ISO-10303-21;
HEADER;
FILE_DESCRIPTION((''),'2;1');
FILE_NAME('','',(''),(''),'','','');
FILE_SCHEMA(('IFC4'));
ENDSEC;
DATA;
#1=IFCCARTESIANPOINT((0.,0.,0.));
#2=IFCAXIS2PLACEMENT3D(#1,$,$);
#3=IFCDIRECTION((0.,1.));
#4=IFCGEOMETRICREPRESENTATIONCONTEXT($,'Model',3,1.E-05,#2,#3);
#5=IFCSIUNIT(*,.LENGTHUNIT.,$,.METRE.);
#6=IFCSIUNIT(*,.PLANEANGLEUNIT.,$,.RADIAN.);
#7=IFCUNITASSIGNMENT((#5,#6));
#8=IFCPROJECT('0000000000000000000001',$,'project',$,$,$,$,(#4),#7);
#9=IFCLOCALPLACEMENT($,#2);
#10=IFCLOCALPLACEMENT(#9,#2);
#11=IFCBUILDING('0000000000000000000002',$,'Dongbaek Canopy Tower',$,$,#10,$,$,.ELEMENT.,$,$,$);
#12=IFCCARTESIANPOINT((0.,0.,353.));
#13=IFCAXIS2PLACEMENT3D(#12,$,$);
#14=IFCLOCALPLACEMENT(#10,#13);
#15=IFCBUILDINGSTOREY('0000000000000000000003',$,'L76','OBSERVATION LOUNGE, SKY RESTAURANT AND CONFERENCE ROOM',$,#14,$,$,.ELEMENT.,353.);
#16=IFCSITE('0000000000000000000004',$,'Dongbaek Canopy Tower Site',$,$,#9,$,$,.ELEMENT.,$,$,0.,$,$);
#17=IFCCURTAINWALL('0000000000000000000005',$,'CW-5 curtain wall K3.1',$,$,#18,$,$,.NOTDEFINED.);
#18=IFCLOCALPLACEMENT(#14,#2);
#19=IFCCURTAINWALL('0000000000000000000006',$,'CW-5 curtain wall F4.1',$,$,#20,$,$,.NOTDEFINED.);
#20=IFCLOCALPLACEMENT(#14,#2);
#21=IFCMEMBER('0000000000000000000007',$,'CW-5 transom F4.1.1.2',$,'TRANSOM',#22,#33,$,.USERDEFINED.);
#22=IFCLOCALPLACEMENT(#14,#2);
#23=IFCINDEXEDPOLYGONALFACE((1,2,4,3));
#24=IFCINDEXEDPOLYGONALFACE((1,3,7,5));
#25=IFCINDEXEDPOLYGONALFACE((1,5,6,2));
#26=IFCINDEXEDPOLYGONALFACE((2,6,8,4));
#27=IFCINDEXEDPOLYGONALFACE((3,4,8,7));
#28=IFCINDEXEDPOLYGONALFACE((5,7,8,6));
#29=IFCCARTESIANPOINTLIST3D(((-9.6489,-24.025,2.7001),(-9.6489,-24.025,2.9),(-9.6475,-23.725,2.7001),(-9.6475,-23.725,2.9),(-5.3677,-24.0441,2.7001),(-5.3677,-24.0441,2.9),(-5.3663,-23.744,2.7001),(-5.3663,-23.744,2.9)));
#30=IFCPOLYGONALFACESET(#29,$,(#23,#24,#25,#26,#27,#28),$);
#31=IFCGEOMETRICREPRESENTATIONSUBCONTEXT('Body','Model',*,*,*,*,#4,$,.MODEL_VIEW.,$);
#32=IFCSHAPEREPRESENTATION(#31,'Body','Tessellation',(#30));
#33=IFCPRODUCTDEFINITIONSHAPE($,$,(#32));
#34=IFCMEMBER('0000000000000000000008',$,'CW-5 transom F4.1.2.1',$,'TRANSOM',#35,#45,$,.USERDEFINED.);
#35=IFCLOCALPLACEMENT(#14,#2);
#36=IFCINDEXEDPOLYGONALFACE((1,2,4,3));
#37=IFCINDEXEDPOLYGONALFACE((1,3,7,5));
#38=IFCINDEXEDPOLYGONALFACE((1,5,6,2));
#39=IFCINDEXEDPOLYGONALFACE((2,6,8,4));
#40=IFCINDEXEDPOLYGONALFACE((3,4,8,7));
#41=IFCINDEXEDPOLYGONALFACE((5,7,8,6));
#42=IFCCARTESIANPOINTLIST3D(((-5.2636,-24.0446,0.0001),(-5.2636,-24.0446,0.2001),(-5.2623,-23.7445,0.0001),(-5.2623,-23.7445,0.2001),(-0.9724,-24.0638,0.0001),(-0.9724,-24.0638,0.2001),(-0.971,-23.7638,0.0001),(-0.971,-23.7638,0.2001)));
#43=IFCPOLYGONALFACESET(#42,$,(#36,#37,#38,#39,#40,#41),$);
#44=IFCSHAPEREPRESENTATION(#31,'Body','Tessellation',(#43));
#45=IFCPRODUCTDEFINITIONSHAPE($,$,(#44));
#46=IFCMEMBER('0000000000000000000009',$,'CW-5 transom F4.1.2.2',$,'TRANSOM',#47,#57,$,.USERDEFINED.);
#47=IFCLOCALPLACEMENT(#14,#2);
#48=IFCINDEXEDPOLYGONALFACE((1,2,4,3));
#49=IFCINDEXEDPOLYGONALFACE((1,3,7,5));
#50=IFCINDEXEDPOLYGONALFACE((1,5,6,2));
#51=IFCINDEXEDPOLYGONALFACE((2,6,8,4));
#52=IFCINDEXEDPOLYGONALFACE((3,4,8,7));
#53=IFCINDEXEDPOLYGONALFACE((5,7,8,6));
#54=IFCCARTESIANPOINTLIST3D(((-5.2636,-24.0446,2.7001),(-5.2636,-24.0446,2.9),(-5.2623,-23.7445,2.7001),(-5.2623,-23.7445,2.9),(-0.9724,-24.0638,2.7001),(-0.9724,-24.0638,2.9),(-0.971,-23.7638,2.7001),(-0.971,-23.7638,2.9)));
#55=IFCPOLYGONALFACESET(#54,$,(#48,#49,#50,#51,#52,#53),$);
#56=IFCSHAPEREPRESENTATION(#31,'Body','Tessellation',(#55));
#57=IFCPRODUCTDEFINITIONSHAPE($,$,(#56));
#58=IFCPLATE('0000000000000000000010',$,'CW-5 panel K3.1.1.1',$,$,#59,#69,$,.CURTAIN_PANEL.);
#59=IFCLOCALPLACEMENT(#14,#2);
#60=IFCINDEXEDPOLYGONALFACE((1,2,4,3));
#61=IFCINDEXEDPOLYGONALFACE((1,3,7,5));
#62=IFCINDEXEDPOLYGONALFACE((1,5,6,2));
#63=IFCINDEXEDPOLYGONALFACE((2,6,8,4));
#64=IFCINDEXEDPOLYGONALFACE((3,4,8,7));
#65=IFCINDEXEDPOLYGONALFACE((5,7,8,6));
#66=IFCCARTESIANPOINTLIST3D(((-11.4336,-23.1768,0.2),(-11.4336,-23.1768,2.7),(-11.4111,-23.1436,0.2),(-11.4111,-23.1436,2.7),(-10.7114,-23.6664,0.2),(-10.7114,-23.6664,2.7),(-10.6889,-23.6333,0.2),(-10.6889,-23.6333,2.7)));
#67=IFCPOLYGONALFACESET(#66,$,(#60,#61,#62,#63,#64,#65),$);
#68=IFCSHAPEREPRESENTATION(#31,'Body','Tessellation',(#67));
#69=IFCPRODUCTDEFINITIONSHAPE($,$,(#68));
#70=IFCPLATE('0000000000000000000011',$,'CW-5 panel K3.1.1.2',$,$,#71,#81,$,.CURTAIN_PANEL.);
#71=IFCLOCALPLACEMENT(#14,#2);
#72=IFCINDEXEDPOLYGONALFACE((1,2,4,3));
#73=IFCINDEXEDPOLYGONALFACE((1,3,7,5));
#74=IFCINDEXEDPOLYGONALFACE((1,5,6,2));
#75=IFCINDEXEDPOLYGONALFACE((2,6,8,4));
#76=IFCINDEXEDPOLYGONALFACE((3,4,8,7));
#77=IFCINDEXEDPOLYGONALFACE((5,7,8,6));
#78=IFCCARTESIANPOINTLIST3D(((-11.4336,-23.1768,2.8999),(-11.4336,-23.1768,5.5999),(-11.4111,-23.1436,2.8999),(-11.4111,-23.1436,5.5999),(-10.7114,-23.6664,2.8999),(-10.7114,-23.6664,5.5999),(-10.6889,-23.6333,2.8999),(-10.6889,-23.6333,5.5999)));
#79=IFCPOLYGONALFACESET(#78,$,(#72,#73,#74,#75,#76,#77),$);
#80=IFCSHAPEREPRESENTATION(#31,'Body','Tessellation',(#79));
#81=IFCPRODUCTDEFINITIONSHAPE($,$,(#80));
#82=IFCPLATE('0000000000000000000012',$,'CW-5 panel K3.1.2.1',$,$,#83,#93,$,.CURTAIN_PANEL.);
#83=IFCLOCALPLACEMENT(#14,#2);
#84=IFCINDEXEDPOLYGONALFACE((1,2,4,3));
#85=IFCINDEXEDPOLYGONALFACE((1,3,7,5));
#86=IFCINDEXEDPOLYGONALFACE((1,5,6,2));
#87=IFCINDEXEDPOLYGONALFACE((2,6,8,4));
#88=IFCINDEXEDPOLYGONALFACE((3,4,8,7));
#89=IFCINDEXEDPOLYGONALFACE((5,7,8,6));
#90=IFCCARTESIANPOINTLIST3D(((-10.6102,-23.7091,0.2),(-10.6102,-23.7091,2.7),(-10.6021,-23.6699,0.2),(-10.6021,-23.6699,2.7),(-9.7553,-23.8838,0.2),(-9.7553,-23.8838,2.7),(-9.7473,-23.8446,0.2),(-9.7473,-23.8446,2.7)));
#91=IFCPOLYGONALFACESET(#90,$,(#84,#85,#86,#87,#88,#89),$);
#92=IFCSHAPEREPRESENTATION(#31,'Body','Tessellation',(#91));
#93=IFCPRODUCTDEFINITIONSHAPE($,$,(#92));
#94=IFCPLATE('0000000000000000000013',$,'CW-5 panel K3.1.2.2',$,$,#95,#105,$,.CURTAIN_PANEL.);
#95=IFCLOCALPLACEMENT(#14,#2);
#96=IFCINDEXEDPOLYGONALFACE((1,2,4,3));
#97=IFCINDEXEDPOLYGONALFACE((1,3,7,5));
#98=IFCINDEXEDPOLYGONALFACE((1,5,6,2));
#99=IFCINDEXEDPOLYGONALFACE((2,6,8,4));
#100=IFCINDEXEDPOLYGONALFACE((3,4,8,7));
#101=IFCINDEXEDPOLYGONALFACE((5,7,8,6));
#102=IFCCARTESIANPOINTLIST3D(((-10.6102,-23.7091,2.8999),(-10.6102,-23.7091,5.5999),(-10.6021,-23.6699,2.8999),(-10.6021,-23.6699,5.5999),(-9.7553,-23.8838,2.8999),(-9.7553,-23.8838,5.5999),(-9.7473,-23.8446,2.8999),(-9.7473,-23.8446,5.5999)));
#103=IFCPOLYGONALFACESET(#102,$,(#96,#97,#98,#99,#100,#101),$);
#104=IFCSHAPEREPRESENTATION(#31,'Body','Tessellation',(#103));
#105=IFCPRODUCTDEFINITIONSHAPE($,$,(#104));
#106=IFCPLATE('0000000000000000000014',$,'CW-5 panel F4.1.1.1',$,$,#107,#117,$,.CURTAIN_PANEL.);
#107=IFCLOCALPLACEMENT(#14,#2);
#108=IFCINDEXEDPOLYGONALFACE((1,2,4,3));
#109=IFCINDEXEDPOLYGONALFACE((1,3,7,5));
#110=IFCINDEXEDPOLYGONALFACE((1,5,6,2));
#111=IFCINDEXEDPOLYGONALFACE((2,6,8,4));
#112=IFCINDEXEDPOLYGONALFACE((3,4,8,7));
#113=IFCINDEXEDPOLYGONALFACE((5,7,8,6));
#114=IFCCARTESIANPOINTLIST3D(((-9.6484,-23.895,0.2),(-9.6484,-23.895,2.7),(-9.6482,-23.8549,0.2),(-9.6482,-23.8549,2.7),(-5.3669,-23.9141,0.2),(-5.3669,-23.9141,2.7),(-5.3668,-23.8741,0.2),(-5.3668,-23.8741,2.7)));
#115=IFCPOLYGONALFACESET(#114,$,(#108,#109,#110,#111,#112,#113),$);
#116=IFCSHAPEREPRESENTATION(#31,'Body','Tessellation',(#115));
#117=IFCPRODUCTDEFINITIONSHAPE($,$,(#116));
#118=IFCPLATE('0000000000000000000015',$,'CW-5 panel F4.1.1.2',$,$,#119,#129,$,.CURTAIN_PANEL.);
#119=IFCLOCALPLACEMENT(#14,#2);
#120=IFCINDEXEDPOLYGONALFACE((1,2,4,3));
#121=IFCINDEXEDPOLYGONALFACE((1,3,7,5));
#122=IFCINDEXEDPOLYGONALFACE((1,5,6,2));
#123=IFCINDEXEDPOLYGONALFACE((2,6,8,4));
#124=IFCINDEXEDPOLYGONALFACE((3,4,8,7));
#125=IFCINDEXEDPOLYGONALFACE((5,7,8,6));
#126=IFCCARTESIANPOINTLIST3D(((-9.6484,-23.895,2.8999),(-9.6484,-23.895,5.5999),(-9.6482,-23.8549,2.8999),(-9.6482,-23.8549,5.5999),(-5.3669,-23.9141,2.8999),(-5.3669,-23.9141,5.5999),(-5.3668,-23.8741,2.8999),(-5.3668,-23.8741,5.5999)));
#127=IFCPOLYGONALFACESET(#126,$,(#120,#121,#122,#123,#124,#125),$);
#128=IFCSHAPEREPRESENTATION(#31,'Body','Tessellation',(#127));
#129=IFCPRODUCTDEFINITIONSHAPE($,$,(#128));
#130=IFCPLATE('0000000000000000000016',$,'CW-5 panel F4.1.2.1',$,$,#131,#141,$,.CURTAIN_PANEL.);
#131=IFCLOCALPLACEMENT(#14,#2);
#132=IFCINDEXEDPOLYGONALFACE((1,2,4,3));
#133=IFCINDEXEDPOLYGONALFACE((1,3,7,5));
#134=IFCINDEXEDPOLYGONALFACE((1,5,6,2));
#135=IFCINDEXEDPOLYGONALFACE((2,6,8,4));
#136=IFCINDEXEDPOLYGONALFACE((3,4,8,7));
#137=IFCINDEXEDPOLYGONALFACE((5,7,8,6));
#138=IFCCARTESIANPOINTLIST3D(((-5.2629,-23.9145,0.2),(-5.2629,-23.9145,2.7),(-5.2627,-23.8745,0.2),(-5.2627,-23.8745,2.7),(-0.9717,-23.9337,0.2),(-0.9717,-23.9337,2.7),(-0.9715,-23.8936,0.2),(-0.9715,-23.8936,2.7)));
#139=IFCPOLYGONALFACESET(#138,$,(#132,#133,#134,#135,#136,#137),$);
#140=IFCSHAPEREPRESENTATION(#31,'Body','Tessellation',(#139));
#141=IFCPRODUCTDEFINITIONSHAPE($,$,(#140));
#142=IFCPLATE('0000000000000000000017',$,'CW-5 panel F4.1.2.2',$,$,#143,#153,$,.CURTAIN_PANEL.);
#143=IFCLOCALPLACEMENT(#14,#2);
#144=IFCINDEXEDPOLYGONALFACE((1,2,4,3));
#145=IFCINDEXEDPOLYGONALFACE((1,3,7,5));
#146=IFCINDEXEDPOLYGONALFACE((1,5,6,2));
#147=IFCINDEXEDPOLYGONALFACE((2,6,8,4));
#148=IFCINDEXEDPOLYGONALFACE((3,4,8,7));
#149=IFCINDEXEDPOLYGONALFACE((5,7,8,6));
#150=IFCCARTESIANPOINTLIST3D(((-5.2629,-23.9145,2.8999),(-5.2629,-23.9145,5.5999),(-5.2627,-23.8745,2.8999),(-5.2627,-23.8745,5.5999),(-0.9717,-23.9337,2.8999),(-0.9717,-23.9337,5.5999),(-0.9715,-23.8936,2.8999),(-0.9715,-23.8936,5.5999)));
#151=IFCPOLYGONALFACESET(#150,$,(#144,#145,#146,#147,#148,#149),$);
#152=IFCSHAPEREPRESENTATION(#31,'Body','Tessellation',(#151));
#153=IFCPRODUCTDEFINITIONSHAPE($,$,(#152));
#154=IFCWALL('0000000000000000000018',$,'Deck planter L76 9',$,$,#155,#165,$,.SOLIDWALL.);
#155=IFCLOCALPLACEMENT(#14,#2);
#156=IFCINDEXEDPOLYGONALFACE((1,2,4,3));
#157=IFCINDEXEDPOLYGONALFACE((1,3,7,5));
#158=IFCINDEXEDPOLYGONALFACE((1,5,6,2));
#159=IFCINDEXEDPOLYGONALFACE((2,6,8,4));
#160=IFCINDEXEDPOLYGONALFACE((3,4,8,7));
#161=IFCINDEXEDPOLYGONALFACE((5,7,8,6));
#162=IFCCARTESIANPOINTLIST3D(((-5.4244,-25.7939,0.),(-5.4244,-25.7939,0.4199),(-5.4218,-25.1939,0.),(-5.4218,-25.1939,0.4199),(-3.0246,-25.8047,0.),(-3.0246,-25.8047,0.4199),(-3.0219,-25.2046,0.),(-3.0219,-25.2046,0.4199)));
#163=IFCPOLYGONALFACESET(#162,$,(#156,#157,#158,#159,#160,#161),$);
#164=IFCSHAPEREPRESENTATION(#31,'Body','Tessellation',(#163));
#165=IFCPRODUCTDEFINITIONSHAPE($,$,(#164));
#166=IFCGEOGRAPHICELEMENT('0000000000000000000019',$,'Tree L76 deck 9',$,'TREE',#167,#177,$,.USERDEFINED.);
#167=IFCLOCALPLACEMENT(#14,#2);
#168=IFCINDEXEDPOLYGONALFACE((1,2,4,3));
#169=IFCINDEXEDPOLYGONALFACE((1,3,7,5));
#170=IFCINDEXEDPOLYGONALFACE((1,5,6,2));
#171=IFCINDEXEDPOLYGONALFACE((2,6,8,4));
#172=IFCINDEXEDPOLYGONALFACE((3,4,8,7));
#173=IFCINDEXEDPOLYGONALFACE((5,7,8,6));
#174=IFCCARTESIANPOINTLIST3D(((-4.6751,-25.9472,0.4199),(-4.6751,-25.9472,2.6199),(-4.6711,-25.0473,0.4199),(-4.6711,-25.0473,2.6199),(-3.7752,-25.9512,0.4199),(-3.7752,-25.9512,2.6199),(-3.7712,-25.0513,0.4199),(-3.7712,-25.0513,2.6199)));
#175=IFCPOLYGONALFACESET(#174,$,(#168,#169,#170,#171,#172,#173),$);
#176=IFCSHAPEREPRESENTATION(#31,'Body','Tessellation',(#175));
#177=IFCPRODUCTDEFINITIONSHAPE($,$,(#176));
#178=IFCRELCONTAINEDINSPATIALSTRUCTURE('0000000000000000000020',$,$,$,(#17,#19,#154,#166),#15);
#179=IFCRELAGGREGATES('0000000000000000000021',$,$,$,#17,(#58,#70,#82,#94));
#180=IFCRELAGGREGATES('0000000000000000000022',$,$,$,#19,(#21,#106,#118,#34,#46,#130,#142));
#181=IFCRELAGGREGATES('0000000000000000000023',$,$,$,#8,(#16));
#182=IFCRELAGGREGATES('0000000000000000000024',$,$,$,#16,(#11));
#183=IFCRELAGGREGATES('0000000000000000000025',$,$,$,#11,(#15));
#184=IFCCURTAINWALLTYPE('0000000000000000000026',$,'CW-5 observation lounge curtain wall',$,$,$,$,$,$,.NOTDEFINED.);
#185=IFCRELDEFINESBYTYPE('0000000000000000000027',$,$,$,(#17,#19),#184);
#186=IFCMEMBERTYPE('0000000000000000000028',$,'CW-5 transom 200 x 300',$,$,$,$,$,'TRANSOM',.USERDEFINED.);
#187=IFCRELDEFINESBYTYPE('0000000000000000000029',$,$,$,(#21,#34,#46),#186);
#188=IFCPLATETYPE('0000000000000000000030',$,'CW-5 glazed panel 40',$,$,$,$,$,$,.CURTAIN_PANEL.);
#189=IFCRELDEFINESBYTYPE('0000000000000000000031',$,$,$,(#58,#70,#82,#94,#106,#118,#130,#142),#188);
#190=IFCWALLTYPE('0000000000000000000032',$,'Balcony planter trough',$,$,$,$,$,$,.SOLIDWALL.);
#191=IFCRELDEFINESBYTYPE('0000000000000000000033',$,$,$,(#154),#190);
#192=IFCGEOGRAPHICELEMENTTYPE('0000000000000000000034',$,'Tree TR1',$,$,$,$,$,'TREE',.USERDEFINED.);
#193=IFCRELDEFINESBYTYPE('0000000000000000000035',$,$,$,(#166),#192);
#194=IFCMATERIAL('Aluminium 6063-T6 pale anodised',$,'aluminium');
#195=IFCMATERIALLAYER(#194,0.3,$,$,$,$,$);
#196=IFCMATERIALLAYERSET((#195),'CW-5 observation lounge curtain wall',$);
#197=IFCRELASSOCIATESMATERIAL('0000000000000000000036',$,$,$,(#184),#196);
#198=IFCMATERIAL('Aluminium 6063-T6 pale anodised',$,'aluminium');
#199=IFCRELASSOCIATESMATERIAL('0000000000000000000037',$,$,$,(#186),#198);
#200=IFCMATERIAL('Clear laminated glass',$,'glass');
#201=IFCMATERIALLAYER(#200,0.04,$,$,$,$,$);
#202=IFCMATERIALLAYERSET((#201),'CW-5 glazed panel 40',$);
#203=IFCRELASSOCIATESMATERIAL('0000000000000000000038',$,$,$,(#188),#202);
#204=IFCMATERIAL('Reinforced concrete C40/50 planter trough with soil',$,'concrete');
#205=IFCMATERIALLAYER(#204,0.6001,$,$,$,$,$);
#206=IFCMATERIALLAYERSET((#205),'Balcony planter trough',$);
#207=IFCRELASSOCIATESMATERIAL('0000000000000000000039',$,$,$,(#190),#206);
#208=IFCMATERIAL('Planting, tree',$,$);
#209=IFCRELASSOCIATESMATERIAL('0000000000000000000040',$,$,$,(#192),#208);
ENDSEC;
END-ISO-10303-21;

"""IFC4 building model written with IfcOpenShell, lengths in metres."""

from ifc_helpers import new_model, si_unit, direction, frame, frame_2d, origin, origin_2d, place, context, subcontext, project, spatial, rectangle, extrude, material, layer, layer_set, material_profile, profile_set, type_object, element, aggregate, save


model = new_model("IFC4")

# Units and contexts
model_context = context("Model", 3, precision=1e-05, world=origin(), true_north=direction((0.0, 1.0)))
body_context = subcontext(model_context, "Body", "Model", "MODEL_VIEW")
ifc_project = project(units=[si_unit("LENGTHUNIT", "METRE"), si_unit("PLANEANGLEUNIT", "RADIAN")], contexts=[model_context])

# Site, building, storey
site_placement = place(None, origin())
site = spatial("IfcSite", under=ifc_project, at=site_placement, Name="Dongbaek Canopy Tower Site", CompositionType="ELEMENT", RefElevation=0.0)
building_placement = place(site_placement, origin())
building = spatial("IfcBuilding", under=site, at=building_placement, Name="Dongbaek Canopy Tower", CompositionType="ELEMENT")
storey_placement = place(building_placement, frame((0.0, 0.0, 353.0)))
storey = spatial("IfcBuildingStorey", under=building, at=storey_placement, Name="L76", Description="OBSERVATION LOUNGE, SKY RESTAURANT AND CONFERENCE ROOM", CompositionType="ELEMENT", Elevation=353.0)

# Shared definitions
ifc_material_1 = material(Name="Aluminium 6063-T6 pale anodised", Category="aluminium")
ifc_layer_1 = layer(ifc_material_1, 0.3)
ifc_layer_set_1 = layer_set([ifc_layer_1], Name="CW-5 observation lounge curtain wall")
curtain_wall_type = type_object("IfcCurtainWallType", Name="CW-5 observation lounge curtain wall", PredefinedType="NOTDEFINED", material=ifc_layer_set_1)

# Curtain walls
curtain_wall_1_placement = place(storey_placement, origin())
curtain_wall_1 = element("IfcCurtainWall", 1, at=curtain_wall_1_placement, inside=storey, type_object=curtain_wall_type, Name="CW-5 curtain wall K3.1", PredefinedType="NOTDEFINED")
curtain_wall_2_placement = place(storey_placement, origin())
curtain_wall_2 = element("IfcCurtainWall", 2, at=curtain_wall_2_placement, inside=storey, type_object=curtain_wall_type, Name="CW-5 curtain wall F4.1", PredefinedType="NOTDEFINED")

# Members
ifc_material_2 = material(Name="Aluminium 6063-T6 pale anodised", Category="aluminium")
ifc_material_profile_1 = material_profile(ifc_material_2, rectangle(XDim=0.3, YDim=0.2, at=origin_2d()), Name="CW-5 transom 200 x 300")
ifc_profile_set_1 = profile_set([ifc_material_profile_1], Name="Aluminium 6063-T6 pale anodised")
member_type_1 = type_object("IfcMemberType", Name="CW-5 transom 200 x 300", ElementType="TRANSOM", PredefinedType="USERDEFINED", material=ifc_profile_set_1)
member_1_placement = place(storey_placement, frame((-9.6482, -23.875, 2.8), z_axis=(0.99999, -0.004448, 0.0), x_axis=(0.004448, 0.99999, 0.0)))
member_1 = element("IfcMember", 3, at=member_1_placement, type_object=member_type_1, Name="CW-5 transom F4.1.1.2", ObjectType="TRANSOM", PredefinedType="USERDEFINED", context=body_context, shape_type="SweptSolid", body=[
    extrude(rectangle(XDim=0.3, YDim=0.2, at=origin_2d()), origin(), (0.0, 0.0, 1.0), 4.2812),
])
member_2_placement = place(storey_placement, frame((-5.2629, -23.8945, 0.1001), z_axis=(0.99999, -0.004494, 0.0), x_axis=(0.004494, 0.99999, 0.0)))
member_2 = element("IfcMember", 4, at=member_2_placement, type_object=member_type_1, Name="CW-5 transom F4.1.2.1", ObjectType="TRANSOM", PredefinedType="USERDEFINED", context=body_context, shape_type="SweptSolid", body=[
    extrude(rectangle(XDim=0.3, YDim=0.2, at=origin_2d()), origin(), (0.0, 0.0, 1.0), 4.2913),
])
member_3_placement = place(storey_placement, frame((-5.2629, -23.8945, 2.8), z_axis=(0.99999, -0.004494, 0.0), x_axis=(0.004494, 0.99999, 0.0)))
member_3 = element("IfcMember", 5, at=member_3_placement, type_object=member_type_1, Name="CW-5 transom F4.1.2.2", ObjectType="TRANSOM", PredefinedType="USERDEFINED", context=body_context, shape_type="SweptSolid", body=[
    extrude(rectangle(XDim=0.3, YDim=0.2, at=origin_2d()), origin(), (0.0, 0.0, 1.0), 4.2913),
])

# Plates
ifc_material_3 = material(Name="Clear laminated glass", Category="glass")
ifc_layer_2 = layer(ifc_material_3, 0.04)
ifc_layer_set_2 = layer_set([ifc_layer_2], Name="CW-5 glazed panel 40")
plate_type = type_object("IfcPlateType", Name="CW-5 glazed panel 40", PredefinedType="CURTAIN_PANEL", material=ifc_layer_set_2)
plate_1_placement = place(storey_placement, frame((-11.0613, -23.405, 0.2), z_axis=(0.0, 0.0, 1.0), x_axis=(0.827667, -0.561219, 0.0)))
plate_1 = element("IfcPlate", 6, at=plate_1_placement, type_object=plate_type, Name="CW-5 panel K3.1.1.1", PredefinedType="CURTAIN_PANEL", context=body_context, shape_type="SweptSolid", body=[
    extrude(rectangle(XDim=0.8726, YDim=0.04, at=origin_2d()), origin(), (0.0, 0.0, 1.0), 2.5),
])
plate_2_placement = place(storey_placement, frame((-11.0613, -23.405, 2.8999), z_axis=(0.0, 0.0, 1.0), x_axis=(0.827667, -0.561219, 0.0)))
plate_2 = element("IfcPlate", 7, at=plate_2_placement, type_object=plate_type, Name="CW-5 panel K3.1.1.2", PredefinedType="CURTAIN_PANEL", context=body_context, shape_type="SweptSolid", body=[
    extrude(rectangle(XDim=0.8726, YDim=0.04, at=origin_2d()), origin(), (0.0, 0.0, 1.0), 2.7),
])
plate_3_placement = place(storey_placement, frame((-10.1787, -23.7769, 0.2), z_axis=(0.0, 0.0, 1.0), x_axis=(0.979748, -0.200235, 0.0)))
plate_3 = element("IfcPlate", 8, at=plate_3_placement, type_object=plate_type, Name="CW-5 panel K3.1.2.1", PredefinedType="CURTAIN_PANEL", context=body_context, shape_type="SweptSolid", body=[
    extrude(rectangle(XDim=0.8726, YDim=0.04, at=origin_2d()), origin(), (0.0, 0.0, 1.0), 2.5),
])
plate_4_placement = place(storey_placement, frame((-10.1787, -23.7769, 2.8999), z_axis=(0.0, 0.0, 1.0), x_axis=(0.979748, -0.200235, 0.0)))
plate_4 = element("IfcPlate", 9, at=plate_4_placement, type_object=plate_type, Name="CW-5 panel K3.1.2.2", PredefinedType="CURTAIN_PANEL", context=body_context, shape_type="SweptSolid", body=[
    extrude(rectangle(XDim=0.8726, YDim=0.04, at=origin_2d()), origin(), (0.0, 0.0, 1.0), 2.7),
])
aggregate(curtain_wall_1, [plate_1, plate_2, plate_3, plate_4])
plate_5_placement = place(storey_placement, frame((-7.5076, -23.8845, 0.2), z_axis=(0.0, 0.0, 1.0), x_axis=(0.99999, -0.004466, 0.0)))
plate_5 = element("IfcPlate", 10, at=plate_5_placement, type_object=plate_type, Name="CW-5 panel F4.1.1.1", PredefinedType="CURTAIN_PANEL", context=body_context, shape_type="SweptSolid", body=[
    extrude(rectangle(XDim=4.2815, YDim=0.04, at=origin_2d()), origin(), (0.0, 0.0, 1.0), 2.5),
])
plate_6_placement = place(storey_placement, frame((-7.5076, -23.8845, 2.8999), z_axis=(0.0, 0.0, 1.0), x_axis=(0.99999, -0.004466, 0.0)))
plate_6 = element("IfcPlate", 11, at=plate_6_placement, type_object=plate_type, Name="CW-5 panel F4.1.1.2", PredefinedType="CURTAIN_PANEL", context=body_context, shape_type="SweptSolid", body=[
    extrude(rectangle(XDim=4.2815, YDim=0.04, at=origin_2d()), origin(), (0.0, 0.0, 1.0), 2.7),
])
plate_7_placement = place(storey_placement, frame((-3.1172, -23.9041, 0.2), z_axis=(0.0, 0.0, 1.0), x_axis=(0.99999, -0.004466, 0.0)))
plate_7 = element("IfcPlate", 12, at=plate_7_placement, type_object=plate_type, Name="CW-5 panel F4.1.2.1", PredefinedType="CURTAIN_PANEL", context=body_context, shape_type="SweptSolid", body=[
    extrude(rectangle(XDim=4.2913, YDim=0.04, at=origin_2d()), origin(), (0.0, 0.0, 1.0), 2.5),
])
plate_8_placement = place(storey_placement, frame((-3.1172, -23.9041, 2.8999), z_axis=(0.0, 0.0, 1.0), x_axis=(0.99999, -0.004466, 0.0)))
plate_8 = element("IfcPlate", 13, at=plate_8_placement, type_object=plate_type, Name="CW-5 panel F4.1.2.2", PredefinedType="CURTAIN_PANEL", context=body_context, shape_type="SweptSolid", body=[
    extrude(rectangle(XDim=4.2913, YDim=0.04, at=origin_2d()), origin(), (0.0, 0.0, 1.0), 2.7),
])
aggregate(curtain_wall_2, [member_1, plate_5, plate_6, member_2, member_3, plate_7, plate_8])

# Wall
ifc_material_4 = material(Name="Reinforced concrete C40/50 planter trough with soil", Category="concrete")
ifc_layer_3 = layer(ifc_material_4, 0.6001)
ifc_layer_set_3 = layer_set([ifc_layer_3], Name="Balcony planter trough")
wall_type = type_object("IfcWallType", Name="Balcony planter trough", PredefinedType="SOLIDWALL", material=ifc_layer_set_3)
wall_placement = place(storey_placement, frame((-5.4231, -25.4939, 0.0), z_axis=(0.0, 0.0, 1.0), x_axis=(0.99999, -0.004476, 0.0)))
element("IfcWall", 14, at=wall_placement, inside=storey, type_object=wall_type, Name="Deck planter L76 9", PredefinedType="SOLIDWALL", context=body_context, shape_type="SweptSolid", body=[
    extrude(rectangle(XDim=2.3999, YDim=0.6001, at=frame_2d((1.2, 0.0))), origin(), (0.0, 0.0, 1.0), 0.4199),
])

# Geographic element
ifc_material_5 = material(Name="Planting, tree")
geographic_element_type = type_object("IfcGeographicElementType", Name="Tree TR1", ElementType="TREE", PredefinedType="USERDEFINED", material=ifc_material_5)
geographic_element_placement = place(storey_placement, frame((-4.2231, -25.4993, 0.4199), z_axis=(0.0, 0.0, 1.0), x_axis=(0.99999, -0.004466, 0.0)))
element("IfcGeographicElement", 15, at=geographic_element_placement, inside=storey, type_object=geographic_element_type, Name="Tree L76 deck 9", ObjectType="TREE", PredefinedType="USERDEFINED", context=body_context, shape_type="SweptSolid", body=[
    extrude(rectangle(XDim=0.8999, YDim=0.8999, at=origin_2d()), origin(), (0.0, 0.0, 1.0), 2.2),
])

save(model, "model.ifc")
